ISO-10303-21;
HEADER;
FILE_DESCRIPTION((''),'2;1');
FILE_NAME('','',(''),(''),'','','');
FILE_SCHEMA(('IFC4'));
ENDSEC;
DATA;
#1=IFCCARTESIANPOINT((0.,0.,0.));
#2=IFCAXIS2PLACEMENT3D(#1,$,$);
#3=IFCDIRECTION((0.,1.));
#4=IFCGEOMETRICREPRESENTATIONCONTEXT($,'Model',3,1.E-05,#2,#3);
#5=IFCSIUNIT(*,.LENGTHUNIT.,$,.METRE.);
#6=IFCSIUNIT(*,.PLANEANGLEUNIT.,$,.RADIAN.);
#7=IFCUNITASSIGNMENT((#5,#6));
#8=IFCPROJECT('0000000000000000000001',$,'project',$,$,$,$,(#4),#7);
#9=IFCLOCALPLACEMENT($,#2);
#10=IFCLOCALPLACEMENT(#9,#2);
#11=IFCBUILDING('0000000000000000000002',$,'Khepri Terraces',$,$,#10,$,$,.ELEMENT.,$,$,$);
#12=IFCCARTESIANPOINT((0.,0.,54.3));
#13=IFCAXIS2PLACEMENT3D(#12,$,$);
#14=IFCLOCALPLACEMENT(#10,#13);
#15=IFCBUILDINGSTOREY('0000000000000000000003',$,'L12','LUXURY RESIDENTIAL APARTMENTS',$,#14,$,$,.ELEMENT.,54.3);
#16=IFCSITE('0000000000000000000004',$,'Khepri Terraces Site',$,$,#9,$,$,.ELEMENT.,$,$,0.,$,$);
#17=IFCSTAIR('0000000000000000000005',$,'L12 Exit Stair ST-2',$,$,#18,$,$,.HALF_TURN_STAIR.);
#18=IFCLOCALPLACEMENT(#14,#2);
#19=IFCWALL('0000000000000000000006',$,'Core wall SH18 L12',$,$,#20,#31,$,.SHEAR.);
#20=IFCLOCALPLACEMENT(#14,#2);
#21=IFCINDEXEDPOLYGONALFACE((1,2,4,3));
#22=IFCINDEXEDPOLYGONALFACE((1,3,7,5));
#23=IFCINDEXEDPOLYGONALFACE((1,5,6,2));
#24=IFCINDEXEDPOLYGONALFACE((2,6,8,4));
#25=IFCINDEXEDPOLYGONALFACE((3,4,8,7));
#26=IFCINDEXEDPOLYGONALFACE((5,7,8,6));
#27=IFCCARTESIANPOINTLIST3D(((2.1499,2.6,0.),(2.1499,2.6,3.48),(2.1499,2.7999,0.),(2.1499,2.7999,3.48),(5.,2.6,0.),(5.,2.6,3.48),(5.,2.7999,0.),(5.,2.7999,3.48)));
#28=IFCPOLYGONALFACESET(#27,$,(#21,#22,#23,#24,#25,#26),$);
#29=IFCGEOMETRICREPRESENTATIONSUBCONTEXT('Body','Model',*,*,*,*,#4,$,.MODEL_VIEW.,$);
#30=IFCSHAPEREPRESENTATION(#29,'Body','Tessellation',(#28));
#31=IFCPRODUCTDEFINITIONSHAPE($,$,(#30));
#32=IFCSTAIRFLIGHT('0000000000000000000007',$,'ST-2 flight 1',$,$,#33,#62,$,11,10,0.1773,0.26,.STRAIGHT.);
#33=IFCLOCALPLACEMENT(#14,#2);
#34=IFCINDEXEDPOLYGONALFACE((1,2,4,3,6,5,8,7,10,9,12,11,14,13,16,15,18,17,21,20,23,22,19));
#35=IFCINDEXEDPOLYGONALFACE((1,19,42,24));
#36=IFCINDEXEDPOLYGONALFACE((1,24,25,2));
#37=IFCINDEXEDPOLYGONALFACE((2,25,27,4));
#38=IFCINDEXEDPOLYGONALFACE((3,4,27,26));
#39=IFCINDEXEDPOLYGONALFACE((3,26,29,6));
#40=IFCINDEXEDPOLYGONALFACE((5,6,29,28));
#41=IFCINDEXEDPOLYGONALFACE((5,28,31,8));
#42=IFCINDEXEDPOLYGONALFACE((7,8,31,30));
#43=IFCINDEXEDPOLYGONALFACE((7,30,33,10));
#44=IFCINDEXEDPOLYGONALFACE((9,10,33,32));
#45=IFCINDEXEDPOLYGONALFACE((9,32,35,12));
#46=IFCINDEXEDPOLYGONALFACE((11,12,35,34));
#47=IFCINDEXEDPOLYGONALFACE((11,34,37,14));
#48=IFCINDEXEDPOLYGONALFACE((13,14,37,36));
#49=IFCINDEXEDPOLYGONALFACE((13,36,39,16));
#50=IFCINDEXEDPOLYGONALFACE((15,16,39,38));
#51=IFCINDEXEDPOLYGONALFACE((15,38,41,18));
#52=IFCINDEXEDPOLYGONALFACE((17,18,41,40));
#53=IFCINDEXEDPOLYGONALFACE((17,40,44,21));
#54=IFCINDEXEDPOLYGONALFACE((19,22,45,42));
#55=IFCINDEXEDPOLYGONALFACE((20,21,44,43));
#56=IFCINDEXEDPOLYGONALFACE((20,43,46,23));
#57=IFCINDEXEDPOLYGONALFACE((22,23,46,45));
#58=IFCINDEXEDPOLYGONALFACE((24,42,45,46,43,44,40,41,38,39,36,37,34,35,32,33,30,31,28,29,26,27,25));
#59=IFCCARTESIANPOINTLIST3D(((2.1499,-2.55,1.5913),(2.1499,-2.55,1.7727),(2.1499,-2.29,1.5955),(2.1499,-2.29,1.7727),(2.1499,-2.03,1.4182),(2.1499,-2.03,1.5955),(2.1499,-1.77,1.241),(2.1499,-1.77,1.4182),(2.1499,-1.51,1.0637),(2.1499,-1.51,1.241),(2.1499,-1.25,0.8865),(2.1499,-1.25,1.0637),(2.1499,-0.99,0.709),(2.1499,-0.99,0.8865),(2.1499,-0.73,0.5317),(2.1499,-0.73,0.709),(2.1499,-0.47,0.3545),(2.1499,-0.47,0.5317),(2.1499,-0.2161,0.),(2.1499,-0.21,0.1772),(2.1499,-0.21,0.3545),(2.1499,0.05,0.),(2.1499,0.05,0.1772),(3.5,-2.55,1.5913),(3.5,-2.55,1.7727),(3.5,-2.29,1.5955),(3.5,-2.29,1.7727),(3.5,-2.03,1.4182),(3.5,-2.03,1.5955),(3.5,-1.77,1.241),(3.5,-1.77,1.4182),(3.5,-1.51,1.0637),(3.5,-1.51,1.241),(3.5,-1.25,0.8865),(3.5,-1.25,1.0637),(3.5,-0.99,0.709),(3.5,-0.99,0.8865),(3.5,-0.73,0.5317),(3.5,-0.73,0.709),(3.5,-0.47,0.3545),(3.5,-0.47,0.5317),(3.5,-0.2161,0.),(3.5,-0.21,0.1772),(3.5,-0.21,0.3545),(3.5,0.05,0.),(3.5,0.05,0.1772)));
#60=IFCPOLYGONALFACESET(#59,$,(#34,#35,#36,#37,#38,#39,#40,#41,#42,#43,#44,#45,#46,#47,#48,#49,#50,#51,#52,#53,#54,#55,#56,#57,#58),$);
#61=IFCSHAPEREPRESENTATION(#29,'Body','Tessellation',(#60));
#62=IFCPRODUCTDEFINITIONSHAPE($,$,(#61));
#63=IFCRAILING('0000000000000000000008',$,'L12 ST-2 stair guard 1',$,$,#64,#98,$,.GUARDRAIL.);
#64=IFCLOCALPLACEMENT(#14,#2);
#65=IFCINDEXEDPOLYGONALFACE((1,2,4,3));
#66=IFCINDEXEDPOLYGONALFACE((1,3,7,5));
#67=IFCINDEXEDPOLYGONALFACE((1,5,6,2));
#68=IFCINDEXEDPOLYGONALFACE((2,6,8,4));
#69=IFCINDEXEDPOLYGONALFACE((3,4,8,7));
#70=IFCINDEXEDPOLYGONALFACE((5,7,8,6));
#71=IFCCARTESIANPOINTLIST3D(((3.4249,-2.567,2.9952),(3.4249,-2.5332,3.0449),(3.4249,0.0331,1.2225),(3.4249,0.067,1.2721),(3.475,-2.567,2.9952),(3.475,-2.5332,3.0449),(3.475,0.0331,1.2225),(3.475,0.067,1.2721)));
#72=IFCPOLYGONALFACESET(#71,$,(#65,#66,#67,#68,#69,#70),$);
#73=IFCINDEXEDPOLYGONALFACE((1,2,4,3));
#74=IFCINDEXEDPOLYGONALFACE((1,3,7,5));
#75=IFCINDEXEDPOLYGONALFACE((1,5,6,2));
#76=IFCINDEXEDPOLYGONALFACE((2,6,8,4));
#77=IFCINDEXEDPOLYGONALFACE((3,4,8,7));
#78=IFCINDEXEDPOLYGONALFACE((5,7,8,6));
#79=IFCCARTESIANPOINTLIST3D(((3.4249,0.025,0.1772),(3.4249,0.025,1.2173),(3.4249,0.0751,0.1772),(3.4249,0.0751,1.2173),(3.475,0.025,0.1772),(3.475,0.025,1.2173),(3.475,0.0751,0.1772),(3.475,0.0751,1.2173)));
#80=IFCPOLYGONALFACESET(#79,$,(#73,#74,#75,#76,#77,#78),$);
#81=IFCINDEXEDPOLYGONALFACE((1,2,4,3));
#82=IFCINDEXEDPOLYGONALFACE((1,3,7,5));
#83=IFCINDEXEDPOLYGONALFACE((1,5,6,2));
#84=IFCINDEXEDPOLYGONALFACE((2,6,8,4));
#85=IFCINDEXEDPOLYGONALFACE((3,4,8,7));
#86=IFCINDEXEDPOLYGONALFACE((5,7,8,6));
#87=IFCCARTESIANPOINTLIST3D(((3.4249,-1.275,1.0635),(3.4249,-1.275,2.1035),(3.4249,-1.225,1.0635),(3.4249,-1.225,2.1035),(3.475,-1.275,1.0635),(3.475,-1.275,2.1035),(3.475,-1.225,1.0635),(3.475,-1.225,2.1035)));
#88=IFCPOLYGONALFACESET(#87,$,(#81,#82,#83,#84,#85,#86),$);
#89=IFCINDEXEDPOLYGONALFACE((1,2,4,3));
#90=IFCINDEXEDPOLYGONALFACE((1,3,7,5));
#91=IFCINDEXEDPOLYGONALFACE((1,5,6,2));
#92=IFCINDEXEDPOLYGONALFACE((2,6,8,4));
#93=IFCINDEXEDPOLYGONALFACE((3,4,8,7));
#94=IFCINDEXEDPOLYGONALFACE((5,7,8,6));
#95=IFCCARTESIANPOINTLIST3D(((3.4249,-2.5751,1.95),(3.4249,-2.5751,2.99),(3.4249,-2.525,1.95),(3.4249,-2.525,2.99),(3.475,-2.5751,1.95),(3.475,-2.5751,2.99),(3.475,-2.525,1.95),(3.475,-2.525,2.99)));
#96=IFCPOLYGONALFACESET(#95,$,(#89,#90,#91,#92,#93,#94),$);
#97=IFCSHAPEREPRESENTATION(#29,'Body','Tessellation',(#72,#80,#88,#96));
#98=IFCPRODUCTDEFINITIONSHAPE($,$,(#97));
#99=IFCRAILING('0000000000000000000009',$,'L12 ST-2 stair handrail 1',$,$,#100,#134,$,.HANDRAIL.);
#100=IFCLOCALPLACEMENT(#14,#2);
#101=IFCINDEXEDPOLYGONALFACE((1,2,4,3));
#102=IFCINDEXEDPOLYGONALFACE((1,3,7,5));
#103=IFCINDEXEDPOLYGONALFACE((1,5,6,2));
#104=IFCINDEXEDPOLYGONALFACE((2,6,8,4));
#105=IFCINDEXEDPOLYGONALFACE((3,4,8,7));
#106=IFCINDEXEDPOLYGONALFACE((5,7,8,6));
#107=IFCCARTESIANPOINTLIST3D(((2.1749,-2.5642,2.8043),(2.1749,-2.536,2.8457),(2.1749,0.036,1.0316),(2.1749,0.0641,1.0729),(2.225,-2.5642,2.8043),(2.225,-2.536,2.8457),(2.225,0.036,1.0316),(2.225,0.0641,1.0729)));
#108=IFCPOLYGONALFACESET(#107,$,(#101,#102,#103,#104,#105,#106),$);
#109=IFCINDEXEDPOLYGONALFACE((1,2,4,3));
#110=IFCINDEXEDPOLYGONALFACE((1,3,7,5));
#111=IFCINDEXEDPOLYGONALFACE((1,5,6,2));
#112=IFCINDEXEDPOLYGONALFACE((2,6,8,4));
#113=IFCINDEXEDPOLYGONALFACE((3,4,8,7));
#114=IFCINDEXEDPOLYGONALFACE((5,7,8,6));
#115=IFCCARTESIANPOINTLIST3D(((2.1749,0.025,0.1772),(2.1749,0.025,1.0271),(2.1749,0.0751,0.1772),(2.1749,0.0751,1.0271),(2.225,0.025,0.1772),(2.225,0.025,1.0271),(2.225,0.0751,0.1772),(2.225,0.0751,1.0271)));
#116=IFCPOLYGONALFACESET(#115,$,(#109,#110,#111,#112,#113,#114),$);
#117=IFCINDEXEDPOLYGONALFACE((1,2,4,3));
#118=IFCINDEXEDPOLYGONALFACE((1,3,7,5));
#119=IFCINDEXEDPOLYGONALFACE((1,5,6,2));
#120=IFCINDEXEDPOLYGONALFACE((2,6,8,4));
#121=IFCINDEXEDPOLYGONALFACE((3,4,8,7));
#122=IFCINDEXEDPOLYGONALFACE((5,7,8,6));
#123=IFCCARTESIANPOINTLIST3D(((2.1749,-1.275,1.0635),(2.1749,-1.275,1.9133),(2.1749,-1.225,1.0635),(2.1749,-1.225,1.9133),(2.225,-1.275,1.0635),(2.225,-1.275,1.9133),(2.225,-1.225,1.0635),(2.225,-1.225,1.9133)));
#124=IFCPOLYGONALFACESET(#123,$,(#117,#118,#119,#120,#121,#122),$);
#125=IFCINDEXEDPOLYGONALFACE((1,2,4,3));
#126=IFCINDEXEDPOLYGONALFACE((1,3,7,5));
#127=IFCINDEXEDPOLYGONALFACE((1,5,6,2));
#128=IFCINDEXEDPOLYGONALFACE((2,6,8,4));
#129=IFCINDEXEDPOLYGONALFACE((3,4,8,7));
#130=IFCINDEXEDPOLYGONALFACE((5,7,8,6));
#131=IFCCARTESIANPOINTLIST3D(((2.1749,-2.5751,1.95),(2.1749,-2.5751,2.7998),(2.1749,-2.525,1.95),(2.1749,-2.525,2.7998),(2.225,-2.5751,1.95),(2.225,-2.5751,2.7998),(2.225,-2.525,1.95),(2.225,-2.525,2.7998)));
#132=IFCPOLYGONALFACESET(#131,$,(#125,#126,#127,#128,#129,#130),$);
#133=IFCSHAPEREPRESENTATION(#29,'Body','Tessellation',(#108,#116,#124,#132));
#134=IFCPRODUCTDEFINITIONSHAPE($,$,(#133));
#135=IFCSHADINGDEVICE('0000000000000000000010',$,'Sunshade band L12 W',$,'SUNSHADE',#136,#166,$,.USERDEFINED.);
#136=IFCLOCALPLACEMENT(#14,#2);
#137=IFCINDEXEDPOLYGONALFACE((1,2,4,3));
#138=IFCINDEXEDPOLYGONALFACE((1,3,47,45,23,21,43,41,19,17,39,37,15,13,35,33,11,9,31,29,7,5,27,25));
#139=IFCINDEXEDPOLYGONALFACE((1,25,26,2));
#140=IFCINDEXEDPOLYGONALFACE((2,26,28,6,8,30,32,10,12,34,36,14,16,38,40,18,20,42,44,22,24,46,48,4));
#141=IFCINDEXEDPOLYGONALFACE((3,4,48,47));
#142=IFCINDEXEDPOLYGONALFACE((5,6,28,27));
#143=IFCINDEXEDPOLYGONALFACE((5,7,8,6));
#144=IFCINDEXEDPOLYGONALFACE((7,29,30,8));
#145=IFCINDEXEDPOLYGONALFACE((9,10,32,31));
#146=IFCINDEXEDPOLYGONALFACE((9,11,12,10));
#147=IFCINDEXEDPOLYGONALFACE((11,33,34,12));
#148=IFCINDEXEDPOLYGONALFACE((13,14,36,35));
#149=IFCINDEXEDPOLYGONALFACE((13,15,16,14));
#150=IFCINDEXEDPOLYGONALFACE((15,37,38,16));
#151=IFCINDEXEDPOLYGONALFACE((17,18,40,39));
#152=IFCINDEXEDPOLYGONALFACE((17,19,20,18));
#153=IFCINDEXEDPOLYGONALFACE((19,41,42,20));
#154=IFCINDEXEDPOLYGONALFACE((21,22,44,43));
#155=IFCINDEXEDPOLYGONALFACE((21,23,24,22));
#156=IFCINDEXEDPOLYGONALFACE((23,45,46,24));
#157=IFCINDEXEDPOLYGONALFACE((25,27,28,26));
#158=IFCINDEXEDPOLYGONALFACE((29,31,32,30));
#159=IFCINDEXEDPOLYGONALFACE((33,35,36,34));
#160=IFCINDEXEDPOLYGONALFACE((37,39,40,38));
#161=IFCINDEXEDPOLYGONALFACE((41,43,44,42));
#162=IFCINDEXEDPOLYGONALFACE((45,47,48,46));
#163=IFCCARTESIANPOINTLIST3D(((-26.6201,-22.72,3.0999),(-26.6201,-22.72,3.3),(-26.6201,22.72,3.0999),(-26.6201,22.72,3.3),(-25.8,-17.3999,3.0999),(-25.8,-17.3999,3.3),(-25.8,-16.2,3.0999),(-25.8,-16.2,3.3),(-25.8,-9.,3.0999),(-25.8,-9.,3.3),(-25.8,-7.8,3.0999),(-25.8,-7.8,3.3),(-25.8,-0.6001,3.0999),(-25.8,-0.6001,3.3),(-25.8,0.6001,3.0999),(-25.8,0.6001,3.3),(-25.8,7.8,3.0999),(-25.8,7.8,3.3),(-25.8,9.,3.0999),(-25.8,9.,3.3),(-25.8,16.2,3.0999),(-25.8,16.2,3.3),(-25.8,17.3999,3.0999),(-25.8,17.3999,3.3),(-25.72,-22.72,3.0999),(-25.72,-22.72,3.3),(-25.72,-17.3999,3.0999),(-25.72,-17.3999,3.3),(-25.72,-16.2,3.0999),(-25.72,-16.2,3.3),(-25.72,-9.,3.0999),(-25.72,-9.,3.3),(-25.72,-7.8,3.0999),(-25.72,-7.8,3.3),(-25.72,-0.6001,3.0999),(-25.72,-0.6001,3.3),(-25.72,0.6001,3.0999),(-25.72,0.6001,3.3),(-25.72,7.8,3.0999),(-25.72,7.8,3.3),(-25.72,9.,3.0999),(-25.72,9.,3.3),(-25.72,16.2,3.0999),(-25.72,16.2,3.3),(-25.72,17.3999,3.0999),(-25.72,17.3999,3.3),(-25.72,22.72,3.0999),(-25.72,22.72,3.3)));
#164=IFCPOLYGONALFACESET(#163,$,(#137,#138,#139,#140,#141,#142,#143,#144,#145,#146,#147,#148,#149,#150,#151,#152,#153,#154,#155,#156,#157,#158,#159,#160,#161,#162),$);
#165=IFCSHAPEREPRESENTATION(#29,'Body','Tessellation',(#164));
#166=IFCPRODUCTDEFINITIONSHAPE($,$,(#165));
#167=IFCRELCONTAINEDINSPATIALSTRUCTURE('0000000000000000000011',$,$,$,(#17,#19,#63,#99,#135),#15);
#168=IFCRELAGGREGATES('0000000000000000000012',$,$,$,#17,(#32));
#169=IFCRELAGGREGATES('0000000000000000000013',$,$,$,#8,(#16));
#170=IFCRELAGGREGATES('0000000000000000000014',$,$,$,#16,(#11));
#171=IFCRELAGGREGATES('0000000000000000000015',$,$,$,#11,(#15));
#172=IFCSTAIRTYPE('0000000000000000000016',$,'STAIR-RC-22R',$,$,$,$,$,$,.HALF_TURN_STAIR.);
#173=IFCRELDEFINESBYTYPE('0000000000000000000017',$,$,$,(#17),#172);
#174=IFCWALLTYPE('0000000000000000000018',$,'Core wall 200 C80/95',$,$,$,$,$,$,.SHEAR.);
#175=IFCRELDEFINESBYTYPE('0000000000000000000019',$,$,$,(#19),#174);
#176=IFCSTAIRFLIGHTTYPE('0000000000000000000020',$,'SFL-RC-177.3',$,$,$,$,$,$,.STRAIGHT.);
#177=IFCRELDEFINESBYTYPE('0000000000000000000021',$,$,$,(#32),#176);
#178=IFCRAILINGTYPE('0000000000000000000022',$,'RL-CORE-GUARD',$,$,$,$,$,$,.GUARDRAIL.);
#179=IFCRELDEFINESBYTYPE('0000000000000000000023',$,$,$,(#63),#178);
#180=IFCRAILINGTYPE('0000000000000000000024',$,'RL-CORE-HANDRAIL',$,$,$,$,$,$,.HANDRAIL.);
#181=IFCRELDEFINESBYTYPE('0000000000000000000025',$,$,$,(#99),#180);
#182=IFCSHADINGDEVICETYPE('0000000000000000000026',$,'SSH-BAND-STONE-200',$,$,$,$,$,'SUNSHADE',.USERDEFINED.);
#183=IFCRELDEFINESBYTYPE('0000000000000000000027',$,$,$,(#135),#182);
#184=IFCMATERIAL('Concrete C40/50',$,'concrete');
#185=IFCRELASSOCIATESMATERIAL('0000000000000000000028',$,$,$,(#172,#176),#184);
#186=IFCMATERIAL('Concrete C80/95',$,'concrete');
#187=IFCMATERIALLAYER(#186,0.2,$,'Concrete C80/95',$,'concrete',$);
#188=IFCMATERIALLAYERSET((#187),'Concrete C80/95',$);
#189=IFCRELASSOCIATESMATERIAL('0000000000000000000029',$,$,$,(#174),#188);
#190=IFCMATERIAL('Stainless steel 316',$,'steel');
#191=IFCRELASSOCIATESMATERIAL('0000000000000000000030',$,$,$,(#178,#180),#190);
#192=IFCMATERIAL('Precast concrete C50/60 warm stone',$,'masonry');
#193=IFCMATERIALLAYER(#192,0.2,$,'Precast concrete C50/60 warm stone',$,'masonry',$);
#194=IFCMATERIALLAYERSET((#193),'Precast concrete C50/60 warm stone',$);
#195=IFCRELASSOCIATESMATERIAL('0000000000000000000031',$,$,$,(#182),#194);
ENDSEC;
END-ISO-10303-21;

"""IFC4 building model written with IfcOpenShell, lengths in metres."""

from ifc_helpers import new_model, si_unit, direction, frame, frame_2d, origin, origin_2d, place, context, subcontext, project, spatial, polyline, rectangle, outline, extrude, material, layer, layer_set, type_object, element, aggregate, save


model = new_model("IFC4")

# Units and contexts
model_context = context("Model", 3, precision=1e-05, world=origin(), true_north=direction((0.0, 1.0)))
body_context = subcontext(model_context, "Body", "Model", "MODEL_VIEW")
ifc_project = project(units=[si_unit("LENGTHUNIT", "METRE"), si_unit("PLANEANGLEUNIT", "RADIAN")], contexts=[model_context])

# Site, building, storey
site_placement = place(None, origin())
site = spatial("IfcSite", under=ifc_project, at=site_placement, Name="Khepri Terraces Site", CompositionType="ELEMENT", RefElevation=0.0)
building_placement = place(site_placement, origin())
building = spatial("IfcBuilding", under=site, at=building_placement, Name="Khepri Terraces", CompositionType="ELEMENT")
storey_placement = place(building_placement, frame((0.0, 0.0, 54.3)))
storey = spatial("IfcBuildingStorey", under=building, at=storey_placement, Name="L12", Description="LUXURY RESIDENTIAL APARTMENTS", CompositionType="ELEMENT", Elevation=54.3)

# Stair
ifc_material_1 = material(Name="Concrete C40/50", Category="concrete")
stair_type = type_object("IfcStairType", Name="STAIR-RC-22R", PredefinedType="HALF_TURN_STAIR", material=ifc_material_1)
stair_1_placement = place(storey_placement, origin())
stair_1 = element("IfcStair", 1, at=stair_1_placement, inside=storey, type_object=stair_type, Name="L12 Exit Stair ST-2", PredefinedType="HALF_TURN_STAIR")

# Shared definitions
ifc_material_2 = material(Name="Concrete C80/95", Category="concrete")
ifc_layer_1 = layer(ifc_material_2, 0.2, Name="Concrete C80/95", Category="concrete")
ifc_layer_set_1 = layer_set([ifc_layer_1], Name="Concrete C80/95")
wall_type = type_object("IfcWallType", Name="Core wall 200 C80/95", PredefinedType="SHEAR", material=ifc_layer_set_1)

# Wall
wall_1_placement = place(storey_placement, frame((2.1499, 2.7, 0.0), z_axis=(0.0, 0.0, 1.0), x_axis=(1.0, 0.0, 0.0)))
element("IfcWall", 2, at=wall_1_placement, inside=storey, type_object=wall_type, Name="Core wall SH18 L12", PredefinedType="SHEAR", context=body_context, shape_type="SweptSolid", body=[
    extrude(rectangle(XDim=2.8501, YDim=0.2, at=frame_2d((1.425, 0.0))), origin(), (0.0, 0.0, 1.0), 3.48),
])

# Stair flight
stair_flight_type = type_object("IfcStairFlightType", Name="SFL-RC-177.3", PredefinedType="STRAIGHT", material=ifc_material_1)
stair_flight_placement = place(storey_placement, frame((2.825, 0.05, 0.0), z_axis=(0.0, 0.0, 1.0), x_axis=(0.0, -1.0, 0.0)))
stair_flight = element("IfcStairFlight", 3, at=stair_flight_placement, type_object=stair_flight_type, Name="ST-2 flight 1", NumberOfRisers=11, NumberOfTreads=10, PredefinedType="STRAIGHT", RiserHeight=0.1773, TreadLength=0.26, context=body_context, shape_type="SweptSolid", body=[
    extrude(outline(polyline([(0.0, 0.0), (0.0, 0.1772), (0.26, 0.1772), (0.26, 0.3545), (0.52, 0.3545), (0.52, 0.5317), (0.78, 0.5317), (0.78, 0.709), (1.04, 0.709), (1.04, 0.8865), (1.3, 0.8865), (1.3, 1.0637), (1.5601, 1.0637), (1.5601, 1.241), (1.8201, 1.241), (1.8201, 1.4182), (2.0801, 1.4182), (2.0801, 1.5955), (2.3401, 1.5955), (2.3401, 1.7727), (2.6001, 1.7727), (2.6001, 1.95), (2.6001, 1.5913), (0.2661, 0.0), (0.0, 0.0)])), frame((0.0, 0.675, 0.0), z_axis=(0.0, -1.0, 0.0), x_axis=(1.0, 0.0, 0.0)), (0.0, 0.0, 1.0), 1.3501),
])
aggregate(stair_1, [stair_flight])

# Railings
ifc_material_3 = material(Name="Stainless steel 316", Category="steel")
railing_type_1 = type_object("IfcRailingType", Name="RL-CORE-GUARD", PredefinedType="GUARDRAIL", material=ifc_material_3)
railing_1_placement = place(storey_placement, frame((3.45, 0.05, 0.1772)))
element("IfcRailing", 4, at=railing_1_placement, inside=storey, type_object=railing_type_1, Name="L12 ST-2 stair guard 1", PredefinedType="GUARDRAIL", context=body_context, shape_type="SweptSolid", body=[
    extrude(rectangle(XDim=0.05, YDim=0.0601, at=origin_2d()), frame((0.0, 0.0, 1.0701), z_axis=(0.0, -0.82624, 0.563318), x_axis=(1.0, 0.0, 0.0)), (0.0, 0.0, 1.0), 3.147),
    extrude(rectangle(XDim=0.05, YDim=0.05, at=origin_2d()), origin(), (0.0, 0.0, 1.0), 1.04),
    extrude(rectangle(XDim=0.05, YDim=0.05, at=origin_2d()), frame((0.0, -1.3, 0.8862)), (0.0, 0.0, 1.0), 1.04),
    extrude(rectangle(XDim=0.05, YDim=0.05, at=origin_2d()), frame((0.0, -2.6001, 1.7727)), (0.0, 0.0, 1.0), 1.04),
])
railing_type_2 = type_object("IfcRailingType", Name="RL-CORE-HANDRAIL", PredefinedType="HANDRAIL", material=ifc_material_3)
railing_2_placement = place(storey_placement, frame((2.2, 0.05, 0.1772)))
element("IfcRailing", 5, at=railing_2_placement, inside=storey, type_object=railing_type_2, Name="L12 ST-2 stair handrail 1", PredefinedType="HANDRAIL", context=body_context, shape_type="SweptSolid", body=[
    extrude(rectangle(XDim=0.05, YDim=0.05, at=origin_2d()), frame((0.0, 0.0, 0.875), z_axis=(0.0, -0.82624, 0.563318), x_axis=(1.0, 0.0, 0.0)), (0.0, 0.0, 1.0), 3.147),
    extrude(rectangle(XDim=0.05, YDim=0.05, at=origin_2d()), origin(), (0.0, 0.0, 1.0), 0.8499),
    extrude(rectangle(XDim=0.05, YDim=0.05, at=origin_2d()), frame((0.0, -1.3, 0.8862)), (0.0, 0.0, 1.0), 0.8499),
    extrude(rectangle(XDim=0.05, YDim=0.05, at=origin_2d()), frame((0.0, -2.6001, 1.7727)), (0.0, 0.0, 1.0), 0.8499),
])

# Shading device
ifc_material_4 = material(Name="Precast concrete C50/60 warm stone", Category="masonry")
ifc_layer_2 = layer(ifc_material_4, 0.2, Name="Precast concrete C50/60 warm stone", Category="masonry")
ifc_layer_set_2 = layer_set([ifc_layer_2], Name="Precast concrete C50/60 warm stone")
shading_device_type_1 = type_object("IfcShadingDeviceType", Name="SSH-BAND-STONE-200", ElementType="SUNSHADE", PredefinedType="USERDEFINED", material=ifc_layer_set_2)
shading_device_1_placement = place(storey_placement, frame((0.0, 0.0, 3.0999)))
element("IfcShadingDevice", 6, at=shading_device_1_placement, inside=storey, type_object=shading_device_type_1, Name="Sunshade band L12 W", ObjectType="SUNSHADE", PredefinedType="USERDEFINED", context=body_context, shape_type="SweptSolid", body=[
    extrude(outline(polyline([(-25.72, 17.3999), (-25.72, 22.72), (-26.6201, 22.72), (-26.6201, -22.72), (-25.72, -22.72), (-25.72, -17.3999), (-25.8, -17.3999), (-25.8, -16.2), (-25.72, -16.2), (-25.72, -9.0), (-25.8, -9.0), (-25.8, -7.8), (-25.72, -7.8), (-25.72, -0.6001), (-25.8, -0.6001), (-25.8, 0.6001), (-25.72, 0.6001), (-25.72, 7.8), (-25.8, 7.8), (-25.8, 9.0), (-25.72, 9.0), (-25.72, 16.2), (-25.8, 16.2), (-25.8, 17.3999), (-25.72, 17.3999)])), origin(), (0.0, 0.0, 1.0), 0.2002),
])

save(model, "model.ifc")
